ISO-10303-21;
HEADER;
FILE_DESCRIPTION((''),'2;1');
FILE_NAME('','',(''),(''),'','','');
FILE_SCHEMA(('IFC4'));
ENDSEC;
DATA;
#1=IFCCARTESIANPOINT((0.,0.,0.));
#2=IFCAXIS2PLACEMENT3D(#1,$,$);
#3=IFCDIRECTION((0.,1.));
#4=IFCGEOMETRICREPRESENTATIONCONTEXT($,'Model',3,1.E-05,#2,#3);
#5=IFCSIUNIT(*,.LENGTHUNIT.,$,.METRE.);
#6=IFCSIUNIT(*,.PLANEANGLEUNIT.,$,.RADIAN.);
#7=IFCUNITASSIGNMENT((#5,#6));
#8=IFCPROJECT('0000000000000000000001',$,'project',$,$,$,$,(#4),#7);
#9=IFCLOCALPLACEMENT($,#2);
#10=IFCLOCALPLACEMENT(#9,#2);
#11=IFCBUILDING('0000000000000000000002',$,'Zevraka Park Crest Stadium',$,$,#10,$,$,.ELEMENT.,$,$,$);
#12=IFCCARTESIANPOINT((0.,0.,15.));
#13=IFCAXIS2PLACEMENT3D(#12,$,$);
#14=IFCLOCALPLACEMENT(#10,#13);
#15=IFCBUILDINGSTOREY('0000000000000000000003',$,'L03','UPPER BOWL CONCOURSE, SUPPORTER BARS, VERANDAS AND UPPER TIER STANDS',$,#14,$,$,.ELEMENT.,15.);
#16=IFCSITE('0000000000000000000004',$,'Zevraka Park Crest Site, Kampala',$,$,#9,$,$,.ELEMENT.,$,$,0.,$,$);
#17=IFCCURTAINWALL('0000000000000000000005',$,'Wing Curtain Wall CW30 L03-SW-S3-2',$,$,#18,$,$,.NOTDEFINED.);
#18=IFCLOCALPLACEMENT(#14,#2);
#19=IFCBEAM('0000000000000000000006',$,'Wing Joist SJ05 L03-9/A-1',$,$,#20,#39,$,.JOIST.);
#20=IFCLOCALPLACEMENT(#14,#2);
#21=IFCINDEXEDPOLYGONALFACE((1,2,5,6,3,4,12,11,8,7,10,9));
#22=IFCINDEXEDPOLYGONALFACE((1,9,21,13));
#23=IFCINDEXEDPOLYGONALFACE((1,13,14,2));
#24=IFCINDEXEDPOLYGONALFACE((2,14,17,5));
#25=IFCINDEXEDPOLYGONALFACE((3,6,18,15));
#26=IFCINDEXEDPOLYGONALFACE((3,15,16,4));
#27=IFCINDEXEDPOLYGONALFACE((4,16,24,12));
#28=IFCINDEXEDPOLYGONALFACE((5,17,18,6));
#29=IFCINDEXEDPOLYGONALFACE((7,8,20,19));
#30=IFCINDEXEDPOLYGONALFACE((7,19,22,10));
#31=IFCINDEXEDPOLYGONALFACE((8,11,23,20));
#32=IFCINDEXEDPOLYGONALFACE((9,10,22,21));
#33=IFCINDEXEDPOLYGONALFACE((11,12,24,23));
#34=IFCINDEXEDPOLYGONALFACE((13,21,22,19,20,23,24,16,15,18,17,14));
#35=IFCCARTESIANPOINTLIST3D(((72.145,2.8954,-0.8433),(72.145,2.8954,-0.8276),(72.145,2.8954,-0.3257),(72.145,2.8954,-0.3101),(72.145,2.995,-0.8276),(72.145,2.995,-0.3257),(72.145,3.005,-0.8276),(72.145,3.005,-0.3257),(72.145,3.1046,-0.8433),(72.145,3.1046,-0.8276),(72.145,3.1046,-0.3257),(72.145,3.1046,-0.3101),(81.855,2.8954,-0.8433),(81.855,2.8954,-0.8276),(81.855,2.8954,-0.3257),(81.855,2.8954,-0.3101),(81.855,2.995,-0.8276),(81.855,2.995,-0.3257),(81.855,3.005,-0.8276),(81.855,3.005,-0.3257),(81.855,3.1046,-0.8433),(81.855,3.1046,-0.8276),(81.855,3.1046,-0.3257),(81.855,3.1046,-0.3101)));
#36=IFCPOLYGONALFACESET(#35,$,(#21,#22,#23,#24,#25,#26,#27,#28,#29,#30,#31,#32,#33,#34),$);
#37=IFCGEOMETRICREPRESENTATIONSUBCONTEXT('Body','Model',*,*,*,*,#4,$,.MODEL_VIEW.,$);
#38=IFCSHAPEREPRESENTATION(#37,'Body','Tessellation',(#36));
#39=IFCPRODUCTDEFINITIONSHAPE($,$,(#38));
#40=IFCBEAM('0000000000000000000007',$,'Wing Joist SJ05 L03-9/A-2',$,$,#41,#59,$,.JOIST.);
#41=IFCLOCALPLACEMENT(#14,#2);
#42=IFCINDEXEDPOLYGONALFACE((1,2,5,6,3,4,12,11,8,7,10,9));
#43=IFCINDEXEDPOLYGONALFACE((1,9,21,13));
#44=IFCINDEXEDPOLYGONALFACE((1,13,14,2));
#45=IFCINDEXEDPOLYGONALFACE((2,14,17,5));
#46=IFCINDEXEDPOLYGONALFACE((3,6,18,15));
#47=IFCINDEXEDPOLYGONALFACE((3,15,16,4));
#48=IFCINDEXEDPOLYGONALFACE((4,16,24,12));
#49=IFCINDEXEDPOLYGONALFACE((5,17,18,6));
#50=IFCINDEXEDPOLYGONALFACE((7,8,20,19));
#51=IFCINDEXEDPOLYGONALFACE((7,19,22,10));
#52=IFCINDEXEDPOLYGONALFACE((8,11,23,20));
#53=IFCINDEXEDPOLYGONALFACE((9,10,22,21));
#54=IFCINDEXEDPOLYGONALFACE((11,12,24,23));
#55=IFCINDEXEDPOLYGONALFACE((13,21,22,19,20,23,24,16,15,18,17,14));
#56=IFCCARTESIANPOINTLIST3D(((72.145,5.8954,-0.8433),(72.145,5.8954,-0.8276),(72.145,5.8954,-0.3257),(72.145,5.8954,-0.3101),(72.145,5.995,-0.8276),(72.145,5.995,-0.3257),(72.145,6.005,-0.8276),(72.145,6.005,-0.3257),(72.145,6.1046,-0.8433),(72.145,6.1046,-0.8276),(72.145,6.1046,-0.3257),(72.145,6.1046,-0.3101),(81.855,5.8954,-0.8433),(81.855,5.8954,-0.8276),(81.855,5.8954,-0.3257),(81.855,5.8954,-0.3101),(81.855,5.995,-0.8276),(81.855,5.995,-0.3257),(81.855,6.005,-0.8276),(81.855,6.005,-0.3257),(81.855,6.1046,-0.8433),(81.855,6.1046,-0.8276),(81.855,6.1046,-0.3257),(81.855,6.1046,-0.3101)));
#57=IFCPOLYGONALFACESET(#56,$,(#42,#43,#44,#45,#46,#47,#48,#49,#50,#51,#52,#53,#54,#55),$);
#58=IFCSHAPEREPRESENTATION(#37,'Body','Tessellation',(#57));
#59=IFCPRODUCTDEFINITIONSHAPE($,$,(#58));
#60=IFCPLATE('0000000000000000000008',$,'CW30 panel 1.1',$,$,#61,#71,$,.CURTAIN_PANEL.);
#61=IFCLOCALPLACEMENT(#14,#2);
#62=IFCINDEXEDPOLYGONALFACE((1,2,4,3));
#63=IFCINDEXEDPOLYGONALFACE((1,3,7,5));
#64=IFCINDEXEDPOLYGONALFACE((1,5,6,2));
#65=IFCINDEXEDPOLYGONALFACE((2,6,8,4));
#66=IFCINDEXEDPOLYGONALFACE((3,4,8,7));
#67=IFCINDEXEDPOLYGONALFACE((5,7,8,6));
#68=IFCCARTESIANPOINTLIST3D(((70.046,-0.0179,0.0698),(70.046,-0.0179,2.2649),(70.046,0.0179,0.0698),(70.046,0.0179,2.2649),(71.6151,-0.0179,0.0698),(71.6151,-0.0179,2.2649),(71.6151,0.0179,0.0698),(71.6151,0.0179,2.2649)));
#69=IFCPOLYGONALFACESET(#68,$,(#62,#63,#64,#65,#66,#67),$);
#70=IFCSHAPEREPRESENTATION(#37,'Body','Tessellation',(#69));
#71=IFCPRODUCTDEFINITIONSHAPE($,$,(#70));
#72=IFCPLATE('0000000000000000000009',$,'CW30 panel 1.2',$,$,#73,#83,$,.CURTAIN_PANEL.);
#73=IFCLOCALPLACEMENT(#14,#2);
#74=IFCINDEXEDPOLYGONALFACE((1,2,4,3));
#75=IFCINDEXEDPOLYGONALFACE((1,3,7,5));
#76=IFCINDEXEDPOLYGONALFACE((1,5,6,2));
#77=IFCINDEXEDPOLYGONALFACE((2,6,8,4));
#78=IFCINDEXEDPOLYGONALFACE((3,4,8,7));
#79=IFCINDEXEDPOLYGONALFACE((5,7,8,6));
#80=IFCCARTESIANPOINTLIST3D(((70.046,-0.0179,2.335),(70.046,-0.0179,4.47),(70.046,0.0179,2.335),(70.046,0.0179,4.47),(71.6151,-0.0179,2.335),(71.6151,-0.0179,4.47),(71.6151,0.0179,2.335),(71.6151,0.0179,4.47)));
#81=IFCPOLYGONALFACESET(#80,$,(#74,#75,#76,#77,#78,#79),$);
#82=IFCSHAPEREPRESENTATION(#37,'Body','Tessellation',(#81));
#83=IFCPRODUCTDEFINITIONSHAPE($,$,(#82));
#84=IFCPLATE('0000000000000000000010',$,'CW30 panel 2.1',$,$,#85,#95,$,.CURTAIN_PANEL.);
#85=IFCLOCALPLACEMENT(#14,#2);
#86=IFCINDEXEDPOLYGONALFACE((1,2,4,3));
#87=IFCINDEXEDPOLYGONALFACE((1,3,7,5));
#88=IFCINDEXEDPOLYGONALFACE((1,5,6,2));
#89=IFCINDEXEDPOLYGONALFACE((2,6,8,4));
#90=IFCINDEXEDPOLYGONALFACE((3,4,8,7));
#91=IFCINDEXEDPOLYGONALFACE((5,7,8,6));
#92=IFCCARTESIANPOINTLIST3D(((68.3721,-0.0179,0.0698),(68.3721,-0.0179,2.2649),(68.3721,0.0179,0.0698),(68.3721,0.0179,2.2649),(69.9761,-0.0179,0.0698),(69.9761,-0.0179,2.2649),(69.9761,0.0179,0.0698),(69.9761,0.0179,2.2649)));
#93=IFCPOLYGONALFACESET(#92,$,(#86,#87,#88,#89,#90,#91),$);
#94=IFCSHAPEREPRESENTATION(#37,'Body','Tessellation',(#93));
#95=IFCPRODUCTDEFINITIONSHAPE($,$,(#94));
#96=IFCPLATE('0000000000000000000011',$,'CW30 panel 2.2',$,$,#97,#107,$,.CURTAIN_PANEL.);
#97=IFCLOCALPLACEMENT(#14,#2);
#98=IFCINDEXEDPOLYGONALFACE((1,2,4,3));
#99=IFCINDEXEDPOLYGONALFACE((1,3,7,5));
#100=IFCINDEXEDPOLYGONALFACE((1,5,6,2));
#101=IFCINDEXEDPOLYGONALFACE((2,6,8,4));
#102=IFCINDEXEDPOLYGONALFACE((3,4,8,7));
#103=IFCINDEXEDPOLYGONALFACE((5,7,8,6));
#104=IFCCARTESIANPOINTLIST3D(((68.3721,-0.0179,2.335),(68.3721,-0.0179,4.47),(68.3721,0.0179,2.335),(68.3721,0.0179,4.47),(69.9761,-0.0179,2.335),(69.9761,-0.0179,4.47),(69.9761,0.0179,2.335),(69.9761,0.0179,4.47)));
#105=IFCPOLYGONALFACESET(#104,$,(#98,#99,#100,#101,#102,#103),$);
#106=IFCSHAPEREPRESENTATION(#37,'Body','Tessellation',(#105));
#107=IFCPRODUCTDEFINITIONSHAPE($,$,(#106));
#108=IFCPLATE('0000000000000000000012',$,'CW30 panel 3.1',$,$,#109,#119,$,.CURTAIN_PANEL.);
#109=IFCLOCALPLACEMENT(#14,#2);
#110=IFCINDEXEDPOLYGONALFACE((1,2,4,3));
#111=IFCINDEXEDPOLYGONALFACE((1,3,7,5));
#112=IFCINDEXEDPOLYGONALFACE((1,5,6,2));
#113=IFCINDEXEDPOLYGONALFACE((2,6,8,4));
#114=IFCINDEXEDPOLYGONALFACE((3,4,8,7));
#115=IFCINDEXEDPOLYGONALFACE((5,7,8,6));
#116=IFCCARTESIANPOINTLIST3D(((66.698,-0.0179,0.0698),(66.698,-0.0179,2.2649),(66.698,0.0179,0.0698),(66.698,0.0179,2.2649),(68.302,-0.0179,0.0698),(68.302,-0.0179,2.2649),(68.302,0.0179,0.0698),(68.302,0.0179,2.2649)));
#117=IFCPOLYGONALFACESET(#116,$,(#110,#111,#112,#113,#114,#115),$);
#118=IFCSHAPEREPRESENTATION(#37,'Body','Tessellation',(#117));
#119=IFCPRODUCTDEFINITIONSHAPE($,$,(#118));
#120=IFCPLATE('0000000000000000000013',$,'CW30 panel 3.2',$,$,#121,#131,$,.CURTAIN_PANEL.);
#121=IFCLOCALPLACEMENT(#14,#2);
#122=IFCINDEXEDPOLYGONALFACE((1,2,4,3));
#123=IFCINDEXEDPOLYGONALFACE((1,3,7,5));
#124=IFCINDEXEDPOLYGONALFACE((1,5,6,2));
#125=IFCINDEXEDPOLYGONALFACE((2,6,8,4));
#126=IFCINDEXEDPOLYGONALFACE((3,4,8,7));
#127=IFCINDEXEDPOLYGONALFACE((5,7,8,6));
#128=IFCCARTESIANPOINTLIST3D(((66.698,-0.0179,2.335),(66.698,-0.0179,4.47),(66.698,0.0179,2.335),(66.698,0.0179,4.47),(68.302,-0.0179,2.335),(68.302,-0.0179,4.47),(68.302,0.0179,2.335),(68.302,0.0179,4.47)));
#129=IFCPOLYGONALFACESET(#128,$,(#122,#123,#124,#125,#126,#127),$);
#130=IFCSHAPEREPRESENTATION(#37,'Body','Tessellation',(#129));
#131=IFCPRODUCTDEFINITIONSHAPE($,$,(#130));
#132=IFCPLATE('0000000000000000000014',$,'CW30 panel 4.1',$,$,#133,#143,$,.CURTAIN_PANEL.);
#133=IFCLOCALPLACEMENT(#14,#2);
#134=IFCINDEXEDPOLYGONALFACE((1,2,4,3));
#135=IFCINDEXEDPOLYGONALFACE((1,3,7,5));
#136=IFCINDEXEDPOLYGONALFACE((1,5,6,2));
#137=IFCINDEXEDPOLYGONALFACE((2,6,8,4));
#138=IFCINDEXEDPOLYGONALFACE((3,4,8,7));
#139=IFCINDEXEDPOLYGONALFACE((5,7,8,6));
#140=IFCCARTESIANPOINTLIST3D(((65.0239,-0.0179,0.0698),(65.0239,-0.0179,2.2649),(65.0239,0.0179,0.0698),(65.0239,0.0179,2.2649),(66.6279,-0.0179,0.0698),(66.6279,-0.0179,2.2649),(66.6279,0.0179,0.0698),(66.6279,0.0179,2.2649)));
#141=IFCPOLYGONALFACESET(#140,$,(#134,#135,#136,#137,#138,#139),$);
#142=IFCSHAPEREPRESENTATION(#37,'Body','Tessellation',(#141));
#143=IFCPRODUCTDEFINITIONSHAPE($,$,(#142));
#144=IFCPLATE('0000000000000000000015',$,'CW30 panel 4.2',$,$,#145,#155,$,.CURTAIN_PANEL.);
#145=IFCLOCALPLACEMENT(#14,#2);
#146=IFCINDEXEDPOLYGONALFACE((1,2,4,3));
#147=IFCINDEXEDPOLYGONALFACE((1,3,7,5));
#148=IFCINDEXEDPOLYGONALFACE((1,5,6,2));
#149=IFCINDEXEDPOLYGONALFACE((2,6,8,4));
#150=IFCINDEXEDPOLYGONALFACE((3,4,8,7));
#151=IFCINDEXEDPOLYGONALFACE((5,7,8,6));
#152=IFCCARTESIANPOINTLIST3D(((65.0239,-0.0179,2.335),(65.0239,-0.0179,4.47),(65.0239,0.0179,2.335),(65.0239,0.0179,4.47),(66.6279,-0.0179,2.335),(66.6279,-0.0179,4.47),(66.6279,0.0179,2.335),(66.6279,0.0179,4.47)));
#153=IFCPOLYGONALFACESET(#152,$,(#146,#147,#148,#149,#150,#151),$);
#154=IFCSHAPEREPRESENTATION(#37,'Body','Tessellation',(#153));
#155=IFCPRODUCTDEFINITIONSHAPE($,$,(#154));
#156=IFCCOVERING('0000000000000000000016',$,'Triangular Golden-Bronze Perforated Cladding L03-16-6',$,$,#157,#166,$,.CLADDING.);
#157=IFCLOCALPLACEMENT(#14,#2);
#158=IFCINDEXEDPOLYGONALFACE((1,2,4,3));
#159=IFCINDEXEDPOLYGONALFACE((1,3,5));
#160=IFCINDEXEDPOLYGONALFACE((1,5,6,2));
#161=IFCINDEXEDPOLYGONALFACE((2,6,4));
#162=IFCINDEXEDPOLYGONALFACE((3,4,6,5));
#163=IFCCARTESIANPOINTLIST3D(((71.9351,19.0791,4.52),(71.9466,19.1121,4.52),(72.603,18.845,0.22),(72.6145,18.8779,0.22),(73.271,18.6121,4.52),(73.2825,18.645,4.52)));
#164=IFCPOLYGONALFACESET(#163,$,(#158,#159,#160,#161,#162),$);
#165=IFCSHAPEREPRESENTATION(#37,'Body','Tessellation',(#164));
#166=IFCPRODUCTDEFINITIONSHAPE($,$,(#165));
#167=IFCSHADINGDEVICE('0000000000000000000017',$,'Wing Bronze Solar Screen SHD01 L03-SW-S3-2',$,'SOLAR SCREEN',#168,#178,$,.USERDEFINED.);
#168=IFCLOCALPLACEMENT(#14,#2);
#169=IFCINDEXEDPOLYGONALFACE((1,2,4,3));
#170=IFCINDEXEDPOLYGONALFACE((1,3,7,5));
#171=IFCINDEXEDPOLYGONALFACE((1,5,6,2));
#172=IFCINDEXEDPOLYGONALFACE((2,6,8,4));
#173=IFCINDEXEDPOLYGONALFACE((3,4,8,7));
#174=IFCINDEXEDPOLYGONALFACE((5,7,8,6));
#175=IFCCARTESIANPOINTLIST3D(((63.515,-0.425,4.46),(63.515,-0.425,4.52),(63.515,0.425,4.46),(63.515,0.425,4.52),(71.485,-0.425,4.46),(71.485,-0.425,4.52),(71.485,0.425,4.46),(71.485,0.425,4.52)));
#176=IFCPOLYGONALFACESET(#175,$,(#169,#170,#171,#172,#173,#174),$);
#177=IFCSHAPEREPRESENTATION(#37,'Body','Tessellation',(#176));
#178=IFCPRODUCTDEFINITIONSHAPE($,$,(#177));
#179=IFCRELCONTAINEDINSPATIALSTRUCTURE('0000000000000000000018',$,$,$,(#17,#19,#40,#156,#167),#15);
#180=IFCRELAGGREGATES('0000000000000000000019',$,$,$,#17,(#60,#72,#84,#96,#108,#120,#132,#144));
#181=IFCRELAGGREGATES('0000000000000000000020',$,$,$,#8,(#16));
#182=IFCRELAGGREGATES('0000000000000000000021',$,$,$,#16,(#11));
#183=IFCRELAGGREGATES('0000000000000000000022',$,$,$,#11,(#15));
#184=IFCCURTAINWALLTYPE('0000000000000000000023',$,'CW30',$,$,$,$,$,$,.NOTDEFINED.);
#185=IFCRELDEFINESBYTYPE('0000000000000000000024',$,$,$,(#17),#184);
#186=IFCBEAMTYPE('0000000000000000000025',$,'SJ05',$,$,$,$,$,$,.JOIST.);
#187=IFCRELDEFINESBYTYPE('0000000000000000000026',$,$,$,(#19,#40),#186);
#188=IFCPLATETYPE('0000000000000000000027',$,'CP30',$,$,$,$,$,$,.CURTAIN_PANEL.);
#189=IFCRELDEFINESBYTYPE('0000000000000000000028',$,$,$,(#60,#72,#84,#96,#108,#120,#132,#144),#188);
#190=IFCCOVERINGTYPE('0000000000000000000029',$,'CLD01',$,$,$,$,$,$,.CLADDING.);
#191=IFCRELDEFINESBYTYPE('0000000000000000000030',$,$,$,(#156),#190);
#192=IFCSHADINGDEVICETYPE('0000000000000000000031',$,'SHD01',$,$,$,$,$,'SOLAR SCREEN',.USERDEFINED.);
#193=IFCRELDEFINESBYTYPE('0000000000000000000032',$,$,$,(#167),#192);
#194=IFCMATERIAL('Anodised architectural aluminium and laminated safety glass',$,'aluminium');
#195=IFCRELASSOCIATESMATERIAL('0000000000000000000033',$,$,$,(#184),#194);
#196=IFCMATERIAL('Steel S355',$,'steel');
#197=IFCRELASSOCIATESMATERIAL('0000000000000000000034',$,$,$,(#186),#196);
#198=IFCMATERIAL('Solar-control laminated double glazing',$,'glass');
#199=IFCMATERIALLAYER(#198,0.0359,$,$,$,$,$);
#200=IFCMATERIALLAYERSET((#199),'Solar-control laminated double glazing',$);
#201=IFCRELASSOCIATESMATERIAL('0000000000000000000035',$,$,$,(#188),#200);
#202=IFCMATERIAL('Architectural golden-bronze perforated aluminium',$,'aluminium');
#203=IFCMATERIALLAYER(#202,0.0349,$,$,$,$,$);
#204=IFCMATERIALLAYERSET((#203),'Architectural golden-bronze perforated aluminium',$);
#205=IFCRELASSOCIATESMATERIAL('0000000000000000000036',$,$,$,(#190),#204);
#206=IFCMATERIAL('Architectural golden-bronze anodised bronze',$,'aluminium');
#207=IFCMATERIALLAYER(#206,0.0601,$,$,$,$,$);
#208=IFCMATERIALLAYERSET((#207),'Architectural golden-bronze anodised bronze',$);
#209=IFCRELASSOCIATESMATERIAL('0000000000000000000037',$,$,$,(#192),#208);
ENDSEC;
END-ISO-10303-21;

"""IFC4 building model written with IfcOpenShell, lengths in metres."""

from ifc_helpers import new_model, si_unit, direction, frame, origin, origin_2d, place, context, subcontext, project, spatial, polyline, rectangle, i_section, outline, extrude, material, layer, layer_set, material_profile, profile_set, type_object, element, aggregate, save


model = new_model("IFC4")

# Units and contexts
model_context = context("Model", 3, precision=1e-05, world=origin(), true_north=direction((0.0, 1.0)))
body_context = subcontext(model_context, "Body", "Model", "MODEL_VIEW")
ifc_project = project(units=[si_unit("LENGTHUNIT", "METRE"), si_unit("PLANEANGLEUNIT", "RADIAN")], contexts=[model_context])

# Site, building, storey
site_placement = place(None, origin())
site = spatial("IfcSite", under=ifc_project, at=site_placement, Name="Zevraka Park Crest Site, Kampala", CompositionType="ELEMENT", RefElevation=0.0)
building_placement = place(site_placement, origin())
building = spatial("IfcBuilding", under=site, at=building_placement, Name="Zevraka Park Crest Stadium", CompositionType="ELEMENT")
storey_placement = place(building_placement, frame((0.0, 0.0, 15.0)))
storey = spatial("IfcBuildingStorey", under=building, at=storey_placement, Name="L03", Description="UPPER BOWL CONCOURSE, SUPPORTER BARS, VERANDAS AND UPPER TIER STANDS", CompositionType="ELEMENT", Elevation=15.0)

# Curtain wall
ifc_material_1 = material(Name="Anodised architectural aluminium and laminated safety glass", Category="aluminium")
curtain_wall_type_1 = type_object("IfcCurtainWallType", Name="CW30", PredefinedType="NOTDEFINED", material=ifc_material_1)
curtain_wall_1_placement = place(storey_placement, origin())
curtain_wall_1 = element("IfcCurtainWall", 1, at=curtain_wall_1_placement, inside=storey, type_object=curtain_wall_type_1, Name="Wing Curtain Wall CW30 L03-SW-S3-2", PredefinedType="NOTDEFINED")

# Beams
ifc_material_2 = material(Name="Steel S355", Category="steel")
ifc_material_profile_1 = material_profile(ifc_material_2, i_section(OverallWidth=0.2092, OverallDepth=0.5332, WebThickness=0.01, FlangeThickness=0.0156, at=origin_2d()), Name="UKB 533x210x92")
ifc_profile_set_1 = profile_set([ifc_material_profile_1], Name="Steel S355")
beam_type_1 = type_object("IfcBeamType", Name="SJ05", PredefinedType="JOIST", material=ifc_profile_set_1)
for number, where, z_axis, x_axis, name in (
    (2, (72.145, 3.0, -0.5767), (1.0, 0.0, 0.0), (0.0, 1.0, 0.0), "Wing Joist SJ05 L03-9/A-1"),
    (3, (72.145, 6.0, -0.5767), (1.0, 0.0, 0.0), (0.0, 1.0, 0.0), "Wing Joist SJ05 L03-9/A-2"),
):
    element("IfcBeam", number, at=place(storey_placement, frame(where, z_axis=z_axis, x_axis=x_axis)), inside=storey, type_object=beam_type_1, Name=name, PredefinedType="JOIST", context=body_context, shape_type="SweptSolid", body=[
        extrude(i_section(OverallWidth=0.2092, OverallDepth=0.5332, WebThickness=0.01, FlangeThickness=0.0156, at=origin_2d()), origin(), (0.0, 0.0, 1.0), 9.71),
    ])

# Plates
ifc_material_3 = material(Name="Solar-control laminated double glazing", Category="glass")
ifc_layer_1 = layer(ifc_material_3, 0.0359)
ifc_layer_set_1 = layer_set([ifc_layer_1], Name="Solar-control laminated double glazing")
plate_type = type_object("IfcPlateType", Name="CP30", PredefinedType="CURTAIN_PANEL", material=ifc_layer_set_1)
plate_1_placement = place(storey_placement, frame((70.8306, 0.0, 0.0698), z_axis=(0.0, 0.0, 1.0), x_axis=(-1.0, 0.0, 0.0)))
plate_1 = element("IfcPlate", 4, at=plate_1_placement, type_object=plate_type, Name="CW30 panel 1.1", PredefinedType="CURTAIN_PANEL", context=body_context, shape_type="SweptSolid", body=[
    extrude(rectangle(XDim=1.5691, YDim=0.0359, at=origin_2d()), origin(), (0.0, 0.0, 1.0), 2.1951),
])
plate_2_placement = place(storey_placement, frame((70.8306, 0.0, 2.335), z_axis=(0.0, 0.0, 1.0), x_axis=(-1.0, 0.0, 0.0)))
plate_2 = element("IfcPlate", 5, at=plate_2_placement, type_object=plate_type, Name="CW30 panel 1.2", PredefinedType="CURTAIN_PANEL", context=body_context, shape_type="SweptSolid", body=[
    extrude(rectangle(XDim=1.5691, YDim=0.0359, at=origin_2d()), origin(), (0.0, 0.0, 1.0), 2.135),
])
plate_3_placement = place(storey_placement, frame((69.1741, 0.0, 0.0698), z_axis=(0.0, 0.0, 1.0), x_axis=(-1.0, 0.0, 0.0)))
plate_3 = element("IfcPlate", 6, at=plate_3_placement, type_object=plate_type, Name="CW30 panel 2.1", PredefinedType="CURTAIN_PANEL", context=body_context, shape_type="SweptSolid", body=[
    extrude(rectangle(XDim=1.604, YDim=0.0359, at=origin_2d()), origin(), (0.0, 0.0, 1.0), 2.1951),
])
plate_4_placement = place(storey_placement, frame((69.1741, 0.0, 2.335), z_axis=(0.0, 0.0, 1.0), x_axis=(-1.0, 0.0, 0.0)))
plate_4 = element("IfcPlate", 7, at=plate_4_placement, type_object=plate_type, Name="CW30 panel 2.2", PredefinedType="CURTAIN_PANEL", context=body_context, shape_type="SweptSolid", body=[
    extrude(rectangle(XDim=1.604, YDim=0.0359, at=origin_2d()), origin(), (0.0, 0.0, 1.0), 2.135),
])
plate_5_placement = place(storey_placement, frame((67.5, 0.0, 0.0698), z_axis=(0.0, 0.0, 1.0), x_axis=(-1.0, 0.0, 0.0)))
plate_5 = element("IfcPlate", 8, at=plate_5_placement, type_object=plate_type, Name="CW30 panel 3.1", PredefinedType="CURTAIN_PANEL", context=body_context, shape_type="SweptSolid", body=[
    extrude(rectangle(XDim=1.604, YDim=0.0359, at=origin_2d()), origin(), (0.0, 0.0, 1.0), 2.1951),
])
plate_6_placement = place(storey_placement, frame((67.5, 0.0, 2.335), z_axis=(0.0, 0.0, 1.0), x_axis=(-1.0, 0.0, 0.0)))
plate_6 = element("IfcPlate", 9, at=plate_6_placement, type_object=plate_type, Name="CW30 panel 3.2", PredefinedType="CURTAIN_PANEL", context=body_context, shape_type="SweptSolid", body=[
    extrude(rectangle(XDim=1.604, YDim=0.0359, at=origin_2d()), origin(), (0.0, 0.0, 1.0), 2.135),
])
plate_7_placement = place(storey_placement, frame((65.8259, 0.0, 0.0698), z_axis=(0.0, 0.0, 1.0), x_axis=(-1.0, 0.0, 0.0)))
plate_7 = element("IfcPlate", 10, at=plate_7_placement, type_object=plate_type, Name="CW30 panel 4.1", PredefinedType="CURTAIN_PANEL", context=body_context, shape_type="SweptSolid", body=[
    extrude(rectangle(XDim=1.604, YDim=0.0359, at=origin_2d()), origin(), (0.0, 0.0, 1.0), 2.1951),
])
plate_8_placement = place(storey_placement, frame((65.8259, 0.0, 2.335), z_axis=(0.0, 0.0, 1.0), x_axis=(-1.0, 0.0, 0.0)))
plate_8 = element("IfcPlate", 11, at=plate_8_placement, type_object=plate_type, Name="CW30 panel 4.2", PredefinedType="CURTAIN_PANEL", context=body_context, shape_type="SweptSolid", body=[
    extrude(rectangle(XDim=1.604, YDim=0.0359, at=origin_2d()), origin(), (0.0, 0.0, 1.0), 2.135),
])
aggregate(curtain_wall_1, [plate_1, plate_2, plate_3, plate_4, plate_5, plate_6, plate_7, plate_8])

# Covering
ifc_material_4 = material(Name="Architectural golden-bronze perforated aluminium", Category="aluminium")
ifc_layer_2 = layer(ifc_material_4, 0.0349)
ifc_layer_set_2 = layer_set([ifc_layer_2], Name="Architectural golden-bronze perforated aluminium")
covering_type = type_object("IfcCoveringType", Name="CLD01", PredefinedType="CLADDING", material=ifc_layer_set_2)
covering_placement = place(storey_placement, frame((73.271, 18.6121, 4.52), z_axis=(-0.330012, -0.943977, 0.000134), x_axis=(-0.943977, 0.330012, 0.0)))
element("IfcCovering", 12, at=covering_placement, inside=storey, type_object=covering_type, Name="Triangular Golden-Bronze Perforated Cladding L03-16-6", PredefinedType="CLADDING", context=body_context, shape_type="SweptSolid", body=[
    extrude(outline(polyline([(0.0, 0.0), (1.4152, 0.0), (0.7074, 4.3), (0.0, 0.0)])), origin(), (0.0, 0.0, -1.0), 0.0349),
])

# Shading device
ifc_material_5 = material(Name="Architectural golden-bronze anodised bronze", Category="aluminium")
ifc_layer_3 = layer(ifc_material_5, 0.0601)
ifc_layer_set_3 = layer_set([ifc_layer_3], Name="Architectural golden-bronze anodised bronze")
shading_device_type = type_object("IfcShadingDeviceType", Name="SHD01", ElementType="SOLAR SCREEN", PredefinedType="USERDEFINED", material=ifc_layer_set_3)
shading_device_placement = place(storey_placement, frame((67.5, 0.0, 4.46), z_axis=(0.0, 0.0, 1.0), x_axis=(-1.0, 0.0, 0.0)))
element("IfcShadingDevice", 13, at=shading_device_placement, inside=storey, type_object=shading_device_type, Name="Wing Bronze Solar Screen SHD01 L03-SW-S3-2", ObjectType="SOLAR SCREEN", PredefinedType="USERDEFINED", context=body_context, shape_type="SweptSolid", body=[
    extrude(rectangle(XDim=7.97, YDim=0.8501, at=origin_2d()), origin(), (0.0, 0.0, 1.0), 0.0601),
])

save(model, "model.ifc")
